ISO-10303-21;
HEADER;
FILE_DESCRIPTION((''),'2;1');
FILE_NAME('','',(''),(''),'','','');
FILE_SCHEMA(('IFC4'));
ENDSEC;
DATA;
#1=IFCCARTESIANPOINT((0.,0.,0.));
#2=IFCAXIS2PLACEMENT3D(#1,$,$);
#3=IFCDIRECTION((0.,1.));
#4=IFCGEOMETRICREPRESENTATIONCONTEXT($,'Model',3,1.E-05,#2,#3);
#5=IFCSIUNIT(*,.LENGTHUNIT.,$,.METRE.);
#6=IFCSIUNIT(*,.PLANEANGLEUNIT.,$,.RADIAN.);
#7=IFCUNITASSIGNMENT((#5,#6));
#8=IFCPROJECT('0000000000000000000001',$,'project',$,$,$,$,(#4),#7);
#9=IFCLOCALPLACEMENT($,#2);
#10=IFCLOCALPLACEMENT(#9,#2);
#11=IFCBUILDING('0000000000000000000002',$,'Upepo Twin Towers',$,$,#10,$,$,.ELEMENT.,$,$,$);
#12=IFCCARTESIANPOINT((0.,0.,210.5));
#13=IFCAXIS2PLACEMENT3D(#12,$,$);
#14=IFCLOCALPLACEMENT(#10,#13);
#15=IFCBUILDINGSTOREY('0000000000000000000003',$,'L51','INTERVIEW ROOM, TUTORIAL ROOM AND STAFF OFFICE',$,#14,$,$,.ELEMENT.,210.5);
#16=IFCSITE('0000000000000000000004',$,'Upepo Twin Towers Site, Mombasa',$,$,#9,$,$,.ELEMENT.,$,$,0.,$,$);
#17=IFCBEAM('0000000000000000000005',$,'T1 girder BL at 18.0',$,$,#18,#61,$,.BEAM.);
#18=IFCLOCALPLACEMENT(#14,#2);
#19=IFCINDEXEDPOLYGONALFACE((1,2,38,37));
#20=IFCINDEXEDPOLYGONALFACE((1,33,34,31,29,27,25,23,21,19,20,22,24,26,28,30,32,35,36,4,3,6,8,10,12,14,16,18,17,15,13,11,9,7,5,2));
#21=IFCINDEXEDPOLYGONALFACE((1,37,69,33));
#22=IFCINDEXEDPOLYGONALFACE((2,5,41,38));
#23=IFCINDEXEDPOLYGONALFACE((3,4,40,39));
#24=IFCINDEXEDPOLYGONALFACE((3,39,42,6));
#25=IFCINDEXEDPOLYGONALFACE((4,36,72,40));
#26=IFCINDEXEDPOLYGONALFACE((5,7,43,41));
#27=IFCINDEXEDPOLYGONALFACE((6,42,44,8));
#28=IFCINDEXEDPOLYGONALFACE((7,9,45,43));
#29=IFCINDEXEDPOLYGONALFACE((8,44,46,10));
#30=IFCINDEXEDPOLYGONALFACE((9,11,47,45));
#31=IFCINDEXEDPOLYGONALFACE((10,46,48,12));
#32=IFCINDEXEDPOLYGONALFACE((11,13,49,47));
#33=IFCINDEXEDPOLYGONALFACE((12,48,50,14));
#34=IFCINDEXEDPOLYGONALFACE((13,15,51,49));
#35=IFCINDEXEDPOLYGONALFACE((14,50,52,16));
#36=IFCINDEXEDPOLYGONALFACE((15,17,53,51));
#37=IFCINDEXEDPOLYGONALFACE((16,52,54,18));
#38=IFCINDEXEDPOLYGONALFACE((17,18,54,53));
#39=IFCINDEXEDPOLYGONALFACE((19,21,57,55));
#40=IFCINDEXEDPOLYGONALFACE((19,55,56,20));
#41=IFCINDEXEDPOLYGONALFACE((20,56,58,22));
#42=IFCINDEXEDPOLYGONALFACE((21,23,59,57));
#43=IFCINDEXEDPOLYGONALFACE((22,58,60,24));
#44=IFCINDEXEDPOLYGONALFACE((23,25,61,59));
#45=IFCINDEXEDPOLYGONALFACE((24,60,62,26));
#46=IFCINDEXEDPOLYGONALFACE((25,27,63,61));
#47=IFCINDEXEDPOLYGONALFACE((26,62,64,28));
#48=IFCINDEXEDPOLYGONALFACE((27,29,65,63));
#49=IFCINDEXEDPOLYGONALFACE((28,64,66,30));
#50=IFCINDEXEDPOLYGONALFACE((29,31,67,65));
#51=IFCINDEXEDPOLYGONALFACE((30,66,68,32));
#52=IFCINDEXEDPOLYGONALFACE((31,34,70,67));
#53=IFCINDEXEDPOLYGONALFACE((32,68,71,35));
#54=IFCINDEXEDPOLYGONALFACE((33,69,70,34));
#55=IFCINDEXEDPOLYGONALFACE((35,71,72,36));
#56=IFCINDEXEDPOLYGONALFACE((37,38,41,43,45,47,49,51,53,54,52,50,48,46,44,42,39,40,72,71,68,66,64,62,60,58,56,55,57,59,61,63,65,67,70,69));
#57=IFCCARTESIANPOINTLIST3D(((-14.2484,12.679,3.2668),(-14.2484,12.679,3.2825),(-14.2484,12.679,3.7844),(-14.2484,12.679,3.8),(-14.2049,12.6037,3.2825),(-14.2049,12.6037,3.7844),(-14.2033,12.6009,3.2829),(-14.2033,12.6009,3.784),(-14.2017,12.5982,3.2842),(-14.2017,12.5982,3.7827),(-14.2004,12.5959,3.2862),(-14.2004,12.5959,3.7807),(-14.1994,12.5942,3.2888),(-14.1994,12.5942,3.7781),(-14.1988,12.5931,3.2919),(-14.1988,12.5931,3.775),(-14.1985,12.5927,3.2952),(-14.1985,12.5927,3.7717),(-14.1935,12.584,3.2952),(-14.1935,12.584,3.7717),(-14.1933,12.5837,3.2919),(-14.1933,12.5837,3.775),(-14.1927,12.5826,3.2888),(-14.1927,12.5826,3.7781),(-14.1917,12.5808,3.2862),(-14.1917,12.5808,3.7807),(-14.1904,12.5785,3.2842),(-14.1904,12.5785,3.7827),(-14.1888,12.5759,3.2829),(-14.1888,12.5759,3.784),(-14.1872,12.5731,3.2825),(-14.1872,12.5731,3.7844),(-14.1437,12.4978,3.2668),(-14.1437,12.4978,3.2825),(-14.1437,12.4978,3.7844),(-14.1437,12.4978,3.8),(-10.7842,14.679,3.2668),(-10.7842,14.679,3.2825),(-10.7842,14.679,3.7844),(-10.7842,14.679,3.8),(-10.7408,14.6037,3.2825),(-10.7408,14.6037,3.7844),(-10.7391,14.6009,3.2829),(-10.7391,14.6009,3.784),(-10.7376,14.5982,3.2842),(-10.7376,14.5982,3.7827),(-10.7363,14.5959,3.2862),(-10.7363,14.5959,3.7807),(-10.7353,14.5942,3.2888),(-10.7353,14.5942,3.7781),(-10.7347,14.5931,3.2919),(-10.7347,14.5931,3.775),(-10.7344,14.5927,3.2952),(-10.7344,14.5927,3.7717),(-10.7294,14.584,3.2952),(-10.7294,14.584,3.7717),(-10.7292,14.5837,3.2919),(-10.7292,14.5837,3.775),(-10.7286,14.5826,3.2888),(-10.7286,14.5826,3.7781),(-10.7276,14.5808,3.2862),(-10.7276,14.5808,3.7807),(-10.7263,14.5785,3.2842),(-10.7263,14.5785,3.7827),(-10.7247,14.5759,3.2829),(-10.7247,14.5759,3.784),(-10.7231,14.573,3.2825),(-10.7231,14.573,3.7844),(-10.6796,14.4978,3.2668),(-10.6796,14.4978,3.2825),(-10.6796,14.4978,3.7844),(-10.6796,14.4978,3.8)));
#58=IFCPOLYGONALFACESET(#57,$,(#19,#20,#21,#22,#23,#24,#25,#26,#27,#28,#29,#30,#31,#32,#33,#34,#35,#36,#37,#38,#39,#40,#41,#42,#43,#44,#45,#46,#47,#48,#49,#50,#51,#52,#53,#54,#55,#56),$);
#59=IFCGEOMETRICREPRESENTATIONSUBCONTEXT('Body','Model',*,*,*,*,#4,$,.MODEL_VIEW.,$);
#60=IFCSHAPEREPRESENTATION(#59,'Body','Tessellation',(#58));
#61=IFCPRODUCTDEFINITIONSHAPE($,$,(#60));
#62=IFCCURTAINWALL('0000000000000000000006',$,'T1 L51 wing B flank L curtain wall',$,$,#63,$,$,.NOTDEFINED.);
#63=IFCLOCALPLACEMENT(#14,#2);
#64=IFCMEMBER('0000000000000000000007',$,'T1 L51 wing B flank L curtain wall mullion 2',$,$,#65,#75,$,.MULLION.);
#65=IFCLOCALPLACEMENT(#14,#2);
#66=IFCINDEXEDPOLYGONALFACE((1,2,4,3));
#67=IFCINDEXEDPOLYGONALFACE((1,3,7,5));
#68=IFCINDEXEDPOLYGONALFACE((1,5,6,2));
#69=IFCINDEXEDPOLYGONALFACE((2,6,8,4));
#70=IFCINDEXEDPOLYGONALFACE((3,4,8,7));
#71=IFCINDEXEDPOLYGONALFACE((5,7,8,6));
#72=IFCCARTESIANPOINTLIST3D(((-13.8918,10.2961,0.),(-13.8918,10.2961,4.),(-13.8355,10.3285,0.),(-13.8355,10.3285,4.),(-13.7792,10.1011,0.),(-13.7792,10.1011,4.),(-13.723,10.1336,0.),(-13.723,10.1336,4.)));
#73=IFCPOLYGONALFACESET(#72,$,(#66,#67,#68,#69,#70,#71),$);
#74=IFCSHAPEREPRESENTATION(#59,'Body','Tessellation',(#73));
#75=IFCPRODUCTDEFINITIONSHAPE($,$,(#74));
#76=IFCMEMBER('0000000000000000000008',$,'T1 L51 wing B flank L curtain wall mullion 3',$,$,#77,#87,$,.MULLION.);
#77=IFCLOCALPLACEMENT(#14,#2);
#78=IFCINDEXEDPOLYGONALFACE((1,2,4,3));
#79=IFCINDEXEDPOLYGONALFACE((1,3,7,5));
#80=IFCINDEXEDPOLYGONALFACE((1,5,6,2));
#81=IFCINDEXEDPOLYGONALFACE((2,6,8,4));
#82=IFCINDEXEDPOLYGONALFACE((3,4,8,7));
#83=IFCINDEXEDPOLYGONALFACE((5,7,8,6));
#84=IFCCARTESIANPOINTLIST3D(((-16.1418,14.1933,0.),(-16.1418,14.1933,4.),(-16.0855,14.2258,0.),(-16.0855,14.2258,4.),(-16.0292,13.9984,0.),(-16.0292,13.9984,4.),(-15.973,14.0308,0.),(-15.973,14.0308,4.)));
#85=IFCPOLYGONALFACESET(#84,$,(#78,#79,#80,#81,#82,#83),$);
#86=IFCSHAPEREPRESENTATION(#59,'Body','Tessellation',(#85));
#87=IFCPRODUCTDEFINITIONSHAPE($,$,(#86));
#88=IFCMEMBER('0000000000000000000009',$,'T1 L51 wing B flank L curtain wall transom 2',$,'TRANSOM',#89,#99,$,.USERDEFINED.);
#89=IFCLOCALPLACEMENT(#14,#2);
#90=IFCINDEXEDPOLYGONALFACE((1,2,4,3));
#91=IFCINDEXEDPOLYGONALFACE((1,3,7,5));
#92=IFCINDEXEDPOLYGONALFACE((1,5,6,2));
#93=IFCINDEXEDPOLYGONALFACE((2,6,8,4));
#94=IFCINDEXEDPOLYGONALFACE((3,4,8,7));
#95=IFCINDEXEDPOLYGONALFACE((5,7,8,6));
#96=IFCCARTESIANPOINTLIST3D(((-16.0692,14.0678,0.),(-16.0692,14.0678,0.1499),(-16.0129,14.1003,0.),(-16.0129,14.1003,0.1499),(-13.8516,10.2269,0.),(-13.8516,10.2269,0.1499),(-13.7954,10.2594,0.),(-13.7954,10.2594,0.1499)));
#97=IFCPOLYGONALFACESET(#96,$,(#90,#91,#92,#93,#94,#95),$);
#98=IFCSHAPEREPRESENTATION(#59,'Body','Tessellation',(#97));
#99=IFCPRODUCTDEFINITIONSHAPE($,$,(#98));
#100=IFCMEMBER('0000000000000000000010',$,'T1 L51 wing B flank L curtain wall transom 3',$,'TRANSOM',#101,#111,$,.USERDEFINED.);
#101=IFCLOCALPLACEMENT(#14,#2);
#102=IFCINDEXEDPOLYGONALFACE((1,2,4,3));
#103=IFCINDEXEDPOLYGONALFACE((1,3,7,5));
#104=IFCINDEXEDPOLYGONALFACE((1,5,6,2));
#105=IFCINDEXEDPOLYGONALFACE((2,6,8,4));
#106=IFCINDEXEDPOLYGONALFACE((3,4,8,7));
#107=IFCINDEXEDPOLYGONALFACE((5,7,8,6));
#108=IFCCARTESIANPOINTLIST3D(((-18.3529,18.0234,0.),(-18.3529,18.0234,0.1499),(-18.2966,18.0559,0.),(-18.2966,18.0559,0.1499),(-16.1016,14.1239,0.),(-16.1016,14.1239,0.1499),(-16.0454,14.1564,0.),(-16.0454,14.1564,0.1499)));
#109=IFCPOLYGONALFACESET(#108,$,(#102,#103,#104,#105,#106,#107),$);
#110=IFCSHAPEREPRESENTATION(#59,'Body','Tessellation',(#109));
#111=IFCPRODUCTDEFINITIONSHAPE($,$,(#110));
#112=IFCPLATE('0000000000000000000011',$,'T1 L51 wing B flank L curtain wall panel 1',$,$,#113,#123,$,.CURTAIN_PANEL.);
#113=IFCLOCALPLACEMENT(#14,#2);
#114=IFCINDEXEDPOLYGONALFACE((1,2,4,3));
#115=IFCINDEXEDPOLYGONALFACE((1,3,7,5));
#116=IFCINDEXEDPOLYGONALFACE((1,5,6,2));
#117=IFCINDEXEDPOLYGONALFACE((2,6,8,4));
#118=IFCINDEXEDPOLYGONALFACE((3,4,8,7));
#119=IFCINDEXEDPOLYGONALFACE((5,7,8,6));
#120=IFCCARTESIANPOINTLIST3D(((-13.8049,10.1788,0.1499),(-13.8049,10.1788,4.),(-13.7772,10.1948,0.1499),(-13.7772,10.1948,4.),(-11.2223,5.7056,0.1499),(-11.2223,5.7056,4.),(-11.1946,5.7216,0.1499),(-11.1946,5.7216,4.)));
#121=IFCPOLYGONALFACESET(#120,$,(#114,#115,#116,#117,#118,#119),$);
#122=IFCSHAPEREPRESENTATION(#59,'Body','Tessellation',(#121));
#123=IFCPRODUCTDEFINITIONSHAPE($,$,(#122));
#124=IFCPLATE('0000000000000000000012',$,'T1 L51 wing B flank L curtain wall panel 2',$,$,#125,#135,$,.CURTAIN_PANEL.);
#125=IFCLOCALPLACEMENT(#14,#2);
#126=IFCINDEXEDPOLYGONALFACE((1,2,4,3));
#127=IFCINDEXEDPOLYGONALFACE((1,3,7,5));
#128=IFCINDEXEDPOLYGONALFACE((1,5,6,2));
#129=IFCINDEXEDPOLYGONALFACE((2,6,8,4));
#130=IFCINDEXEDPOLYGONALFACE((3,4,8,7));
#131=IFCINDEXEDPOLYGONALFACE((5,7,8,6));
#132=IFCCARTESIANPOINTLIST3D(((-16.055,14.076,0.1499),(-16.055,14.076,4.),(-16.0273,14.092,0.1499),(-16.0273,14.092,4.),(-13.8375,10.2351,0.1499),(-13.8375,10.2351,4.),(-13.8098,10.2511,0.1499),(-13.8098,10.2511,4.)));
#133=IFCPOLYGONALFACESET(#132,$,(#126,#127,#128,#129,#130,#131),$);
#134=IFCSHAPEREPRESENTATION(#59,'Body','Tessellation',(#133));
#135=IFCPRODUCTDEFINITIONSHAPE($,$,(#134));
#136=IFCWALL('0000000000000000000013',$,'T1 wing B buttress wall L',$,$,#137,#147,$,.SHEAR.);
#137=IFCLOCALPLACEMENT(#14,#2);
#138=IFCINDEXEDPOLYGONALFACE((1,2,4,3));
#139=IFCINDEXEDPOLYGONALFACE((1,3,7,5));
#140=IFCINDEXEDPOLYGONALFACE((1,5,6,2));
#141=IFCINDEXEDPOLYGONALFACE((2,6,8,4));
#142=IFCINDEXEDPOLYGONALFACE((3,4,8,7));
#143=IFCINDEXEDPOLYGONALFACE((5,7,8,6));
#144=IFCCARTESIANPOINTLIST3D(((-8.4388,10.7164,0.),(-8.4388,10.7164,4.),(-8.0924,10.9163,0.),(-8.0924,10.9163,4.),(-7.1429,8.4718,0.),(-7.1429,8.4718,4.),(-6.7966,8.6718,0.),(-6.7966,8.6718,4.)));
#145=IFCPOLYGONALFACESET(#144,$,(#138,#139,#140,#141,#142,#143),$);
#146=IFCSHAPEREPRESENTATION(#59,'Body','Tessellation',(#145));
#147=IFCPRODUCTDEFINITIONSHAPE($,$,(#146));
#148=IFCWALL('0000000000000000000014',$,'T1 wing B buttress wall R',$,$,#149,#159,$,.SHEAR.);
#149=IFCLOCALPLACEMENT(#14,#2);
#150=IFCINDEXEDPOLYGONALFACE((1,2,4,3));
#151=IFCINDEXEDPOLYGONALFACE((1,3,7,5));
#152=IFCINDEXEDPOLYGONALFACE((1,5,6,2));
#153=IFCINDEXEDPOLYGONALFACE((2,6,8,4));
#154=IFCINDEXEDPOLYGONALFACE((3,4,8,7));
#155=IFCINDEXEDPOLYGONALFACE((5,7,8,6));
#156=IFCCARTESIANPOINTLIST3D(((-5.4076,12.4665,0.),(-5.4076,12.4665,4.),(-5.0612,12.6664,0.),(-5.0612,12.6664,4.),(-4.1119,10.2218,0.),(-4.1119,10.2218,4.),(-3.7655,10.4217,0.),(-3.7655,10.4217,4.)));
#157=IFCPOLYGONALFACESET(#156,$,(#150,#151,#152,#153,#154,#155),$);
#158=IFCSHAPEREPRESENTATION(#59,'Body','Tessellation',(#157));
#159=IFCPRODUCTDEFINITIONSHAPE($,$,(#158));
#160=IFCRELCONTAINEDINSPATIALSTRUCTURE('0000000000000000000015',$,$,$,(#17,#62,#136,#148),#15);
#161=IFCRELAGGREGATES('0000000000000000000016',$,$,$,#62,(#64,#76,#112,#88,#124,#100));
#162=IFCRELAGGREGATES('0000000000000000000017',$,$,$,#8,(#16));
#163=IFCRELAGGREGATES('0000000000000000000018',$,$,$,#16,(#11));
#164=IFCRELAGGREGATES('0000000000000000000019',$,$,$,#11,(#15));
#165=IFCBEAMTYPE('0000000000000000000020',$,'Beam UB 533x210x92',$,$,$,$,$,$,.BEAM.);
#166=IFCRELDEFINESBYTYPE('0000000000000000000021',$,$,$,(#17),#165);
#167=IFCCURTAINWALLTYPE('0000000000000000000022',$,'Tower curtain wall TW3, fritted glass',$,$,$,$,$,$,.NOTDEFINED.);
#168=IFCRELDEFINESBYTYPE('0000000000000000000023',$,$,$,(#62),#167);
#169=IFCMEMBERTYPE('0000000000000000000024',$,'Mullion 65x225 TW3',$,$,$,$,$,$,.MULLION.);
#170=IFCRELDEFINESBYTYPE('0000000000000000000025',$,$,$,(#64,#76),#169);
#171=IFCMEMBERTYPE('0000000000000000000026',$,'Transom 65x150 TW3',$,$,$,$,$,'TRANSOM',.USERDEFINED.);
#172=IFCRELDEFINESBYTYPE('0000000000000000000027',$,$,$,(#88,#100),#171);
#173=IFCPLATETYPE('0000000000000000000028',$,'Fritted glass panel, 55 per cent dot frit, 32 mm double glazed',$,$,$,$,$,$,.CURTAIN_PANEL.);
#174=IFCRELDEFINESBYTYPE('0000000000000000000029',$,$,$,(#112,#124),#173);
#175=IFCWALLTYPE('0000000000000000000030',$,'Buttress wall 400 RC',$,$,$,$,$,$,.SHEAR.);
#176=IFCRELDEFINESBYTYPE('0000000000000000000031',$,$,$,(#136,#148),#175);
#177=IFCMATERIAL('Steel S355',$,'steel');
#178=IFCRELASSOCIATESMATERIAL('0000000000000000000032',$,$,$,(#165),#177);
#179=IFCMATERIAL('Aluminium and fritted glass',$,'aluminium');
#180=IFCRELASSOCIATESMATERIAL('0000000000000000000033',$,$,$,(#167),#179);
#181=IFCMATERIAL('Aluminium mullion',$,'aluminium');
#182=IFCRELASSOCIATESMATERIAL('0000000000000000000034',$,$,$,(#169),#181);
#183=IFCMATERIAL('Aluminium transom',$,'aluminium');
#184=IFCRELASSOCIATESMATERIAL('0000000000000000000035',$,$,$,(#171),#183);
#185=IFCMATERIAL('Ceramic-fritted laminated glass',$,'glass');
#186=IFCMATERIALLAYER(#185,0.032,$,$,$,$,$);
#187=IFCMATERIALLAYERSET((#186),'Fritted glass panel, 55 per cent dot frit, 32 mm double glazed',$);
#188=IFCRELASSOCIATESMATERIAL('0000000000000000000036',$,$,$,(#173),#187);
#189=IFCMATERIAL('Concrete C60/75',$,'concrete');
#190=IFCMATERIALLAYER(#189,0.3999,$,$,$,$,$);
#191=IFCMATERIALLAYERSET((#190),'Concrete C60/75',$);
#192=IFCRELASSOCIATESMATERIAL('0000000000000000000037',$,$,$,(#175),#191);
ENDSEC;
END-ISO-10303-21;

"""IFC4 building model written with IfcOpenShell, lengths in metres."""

from ifc_helpers import new_model, si_unit, direction, frame, frame_2d, origin, origin_2d, place, context, subcontext, project, spatial, rectangle, i_section, extrude, material, layer, layer_set, material_profile, profile_set, type_object, element, aggregate, save


model = new_model("IFC4")

# Units and contexts
model_context = context("Model", 3, precision=1e-05, world=origin(), true_north=direction((0.0, 1.0)))
body_context = subcontext(model_context, "Body", "Model", "MODEL_VIEW")
ifc_project = project(units=[si_unit("LENGTHUNIT", "METRE"), si_unit("PLANEANGLEUNIT", "RADIAN")], contexts=[model_context])

# Site, building, storey
site_placement = place(None, origin())
site = spatial("IfcSite", under=ifc_project, at=site_placement, Name="Upepo Twin Towers Site, Mombasa", CompositionType="ELEMENT", RefElevation=0.0)
building_placement = place(site_placement, origin())
building = spatial("IfcBuilding", under=site, at=building_placement, Name="Upepo Twin Towers", CompositionType="ELEMENT")
storey_placement = place(building_placement, frame((0.0, 0.0, 210.5)))
storey = spatial("IfcBuildingStorey", under=building, at=storey_placement, Name="L51", Description="INTERVIEW ROOM, TUTORIAL ROOM AND STAFF OFFICE", CompositionType="ELEMENT", Elevation=210.5)

# Beam
ifc_material_1 = material(Name="Steel S355", Category="steel")
ifc_material_profile_1 = material_profile(ifc_material_1, i_section(OverallWidth=0.2092, OverallDepth=0.5332, WebThickness=0.01, FlangeThickness=0.0156, FilletRadius=0.0127, at=origin_2d()), Name="UB 533x210x92")
ifc_profile_set_1 = profile_set([ifc_material_profile_1], Name="Steel S355")
beam_type_1 = type_object("IfcBeamType", Name="Beam UB 533x210x92", PredefinedType="BEAM", material=ifc_profile_set_1)
for number, where, z_axis, x_axis, name in (
    (1, (-14.196, 12.5884, 3.5334), (0.866026, 0.499999, 0.0), (-0.499999, 0.866026, 0.0), "T1 girder BL at 18.0"),
):
    element("IfcBeam", number, at=place(storey_placement, frame(where, z_axis=z_axis, x_axis=x_axis)), inside=storey, type_object=beam_type_1, Name=name, PredefinedType="BEAM", context=body_context, shape_type="SweptSolid", body=[
        extrude(i_section(OverallWidth=0.2092, OverallDepth=0.5332, WebThickness=0.01, FlangeThickness=0.0156, FilletRadius=0.0127, at=origin_2d()), origin(), (0.0, 0.0, 1.0), 4.0),
    ])

# Curtain wall, members, plates
ifc_material_2 = material(Name="Aluminium and fritted glass", Category="aluminium")
curtain_wall_type = type_object("IfcCurtainWallType", Name="Tower curtain wall TW3, fritted glass", PredefinedType="NOTDEFINED", material=ifc_material_2)
curtain_wall_placement = place(storey_placement, origin())
curtain_wall = element("IfcCurtainWall", 2, at=curtain_wall_placement, inside=storey, type_object=curtain_wall_type, Name="T1 L51 wing B flank L curtain wall", PredefinedType="NOTDEFINED")
ifc_material_3 = material(Name="Aluminium mullion", Category="aluminium")
ifc_material_profile_2 = material_profile(ifc_material_3, rectangle(XDim=0.0649, YDim=0.2251, at=origin_2d()), Name="MULLION 65x225")
ifc_profile_set_2 = profile_set([ifc_material_profile_2], Name="Aluminium mullion")
member_type_1 = type_object("IfcMemberType", Name="Mullion 65x225 TW3", PredefinedType="MULLION", material=ifc_profile_set_2)
member_1_placement = place(storey_placement, frame((-13.8074, 10.2148, 0.0), z_axis=(0.0, 0.0, 1.0), x_axis=(-0.866025, -0.5, 0.0)))
member_1 = element("IfcMember", 3, at=member_1_placement, type_object=member_type_1, Name="T1 L51 wing B flank L curtain wall mullion 2", PredefinedType="MULLION", context=body_context, shape_type="SweptSolid", body=[
    extrude(rectangle(XDim=0.0649, YDim=0.2251, at=origin_2d()), origin(), (0.0, 0.0, 1.0), 4.0),
])
member_2_placement = place(storey_placement, frame((-16.0574, 14.1121, 0.0), z_axis=(0.0, 0.0, 1.0), x_axis=(-0.866025, -0.5, 0.0)))
member_2 = element("IfcMember", 4, at=member_2_placement, type_object=member_type_1, Name="T1 L51 wing B flank L curtain wall mullion 3", PredefinedType="MULLION", context=body_context, shape_type="SweptSolid", body=[
    extrude(rectangle(XDim=0.0649, YDim=0.2251, at=origin_2d()), origin(), (0.0, 0.0, 1.0), 4.0),
])
ifc_material_4 = material(Name="Aluminium transom", Category="aluminium")
ifc_material_profile_3 = material_profile(ifc_material_4, rectangle(XDim=0.0649, YDim=0.1499, at=origin_2d()), Name="TRANSOM 65x150")
ifc_profile_set_3 = profile_set([ifc_material_profile_3], Name="Aluminium transom")
member_type_2 = type_object("IfcMemberType", Name="Transom 65x150 TW3", ElementType="TRANSOM", PredefinedType="USERDEFINED", material=ifc_profile_set_3)
member_3_placement = place(storey_placement, frame((-13.8235, 10.2432, 0.075), z_axis=(-0.500005, 0.866022, 0.0), x_axis=(-0.866022, -0.500005, 0.0)))
member_3 = element("IfcMember", 5, at=member_3_placement, type_object=member_type_2, Name="T1 L51 wing B flank L curtain wall transom 2", ObjectType="TRANSOM", PredefinedType="USERDEFINED", context=body_context, shape_type="SweptSolid", body=[
    extrude(rectangle(XDim=0.0649, YDim=0.1499, at=origin_2d()), origin(), (0.0, 0.0, 1.0), 4.4351),
])
member_4_placement = place(storey_placement, frame((-16.0735, 14.1401, 0.075), z_axis=(-0.499982, 0.866036, 0.0), x_axis=(-0.866036, -0.499982, 0.0)))
member_4 = element("IfcMember", 6, at=member_4_placement, type_object=member_type_2, Name="T1 L51 wing B flank L curtain wall transom 3", ObjectType="TRANSOM", PredefinedType="USERDEFINED", context=body_context, shape_type="SweptSolid", body=[
    extrude(rectangle(XDim=0.0649, YDim=0.1499, at=origin_2d()), origin(), (0.0, 0.0, 1.0), 4.5027),
])
ifc_material_5 = material(Name="Ceramic-fritted laminated glass", Category="glass")
ifc_layer_1 = layer(ifc_material_5, 0.032)
ifc_layer_set_1 = layer_set([ifc_layer_1], Name="Fritted glass panel, 55 per cent dot frit, 32 mm double glazed")
plate_type = type_object("IfcPlateType", Name="Fritted glass panel, 55 per cent dot frit, 32 mm double glazed", PredefinedType="CURTAIN_PANEL", material=ifc_layer_set_1)
plate_1_placement = place(storey_placement, frame((-12.4998, 7.9502, 0.1499), z_axis=(0.0, 0.0, 1.0), x_axis=(-0.5, 0.866025, 0.0)))
plate_1 = element("IfcPlate", 7, at=plate_1_placement, type_object=plate_type, Name="T1 L51 wing B flank L curtain wall panel 1", PredefinedType="CURTAIN_PANEL", context=body_context, shape_type="SweptSolid", body=[
    extrude(rectangle(XDim=5.1653, YDim=0.032, at=origin_2d()), origin(), (0.0, 0.0, 1.0), 3.8501),
])
plate_2_placement = place(storey_placement, frame((-14.9324, 12.1636, 0.1499), z_axis=(0.0, 0.0, 1.0), x_axis=(-0.5, 0.866025, 0.0)))
plate_2 = element("IfcPlate", 8, at=plate_2_placement, type_object=plate_type, Name="T1 L51 wing B flank L curtain wall panel 2", PredefinedType="CURTAIN_PANEL", context=body_context, shape_type="SweptSolid", body=[
    extrude(rectangle(XDim=4.4351, YDim=0.032, at=origin_2d()), origin(), (0.0, 0.0, 1.0), 3.8501),
])
aggregate(curtain_wall, [member_1, member_2, plate_1, member_3, plate_2, member_4])

# Walls
ifc_material_6 = material(Name="Concrete C60/75", Category="concrete")
ifc_layer_2 = layer(ifc_material_6, 0.3999)
ifc_layer_set_2 = layer_set([ifc_layer_2], Name="Concrete C60/75")
wall_type_1 = type_object("IfcWallType", Name="Buttress wall 400 RC", PredefinedType="SHEAR", material=ifc_layer_set_2)
for number, where, z_axis, x_axis, name in (
    (9, (-6.9697, 8.5718, 0.0), (0.0, 0.0, 1.0), (-0.499989, 0.866032, 0.0), "T1 wing B buttress wall L"),
    (10, (-3.9387, 10.3218, 0.0), (0.0, 0.0, 1.0), (-0.499918, 0.866073, 0.0), "T1 wing B buttress wall R"),
):
    element("IfcWall", number, at=place(storey_placement, frame(where, z_axis=z_axis, x_axis=x_axis)), inside=storey, type_object=wall_type_1, Name=name, PredefinedType="SHEAR", context=body_context, shape_type="SweptSolid", body=[
        extrude(rectangle(XDim=2.5918, YDim=0.3999, at=frame_2d((1.2959, 0.0))), origin(), (0.0, 0.0, 1.0), 4.0),
    ])

save(model, "model.ifc")
